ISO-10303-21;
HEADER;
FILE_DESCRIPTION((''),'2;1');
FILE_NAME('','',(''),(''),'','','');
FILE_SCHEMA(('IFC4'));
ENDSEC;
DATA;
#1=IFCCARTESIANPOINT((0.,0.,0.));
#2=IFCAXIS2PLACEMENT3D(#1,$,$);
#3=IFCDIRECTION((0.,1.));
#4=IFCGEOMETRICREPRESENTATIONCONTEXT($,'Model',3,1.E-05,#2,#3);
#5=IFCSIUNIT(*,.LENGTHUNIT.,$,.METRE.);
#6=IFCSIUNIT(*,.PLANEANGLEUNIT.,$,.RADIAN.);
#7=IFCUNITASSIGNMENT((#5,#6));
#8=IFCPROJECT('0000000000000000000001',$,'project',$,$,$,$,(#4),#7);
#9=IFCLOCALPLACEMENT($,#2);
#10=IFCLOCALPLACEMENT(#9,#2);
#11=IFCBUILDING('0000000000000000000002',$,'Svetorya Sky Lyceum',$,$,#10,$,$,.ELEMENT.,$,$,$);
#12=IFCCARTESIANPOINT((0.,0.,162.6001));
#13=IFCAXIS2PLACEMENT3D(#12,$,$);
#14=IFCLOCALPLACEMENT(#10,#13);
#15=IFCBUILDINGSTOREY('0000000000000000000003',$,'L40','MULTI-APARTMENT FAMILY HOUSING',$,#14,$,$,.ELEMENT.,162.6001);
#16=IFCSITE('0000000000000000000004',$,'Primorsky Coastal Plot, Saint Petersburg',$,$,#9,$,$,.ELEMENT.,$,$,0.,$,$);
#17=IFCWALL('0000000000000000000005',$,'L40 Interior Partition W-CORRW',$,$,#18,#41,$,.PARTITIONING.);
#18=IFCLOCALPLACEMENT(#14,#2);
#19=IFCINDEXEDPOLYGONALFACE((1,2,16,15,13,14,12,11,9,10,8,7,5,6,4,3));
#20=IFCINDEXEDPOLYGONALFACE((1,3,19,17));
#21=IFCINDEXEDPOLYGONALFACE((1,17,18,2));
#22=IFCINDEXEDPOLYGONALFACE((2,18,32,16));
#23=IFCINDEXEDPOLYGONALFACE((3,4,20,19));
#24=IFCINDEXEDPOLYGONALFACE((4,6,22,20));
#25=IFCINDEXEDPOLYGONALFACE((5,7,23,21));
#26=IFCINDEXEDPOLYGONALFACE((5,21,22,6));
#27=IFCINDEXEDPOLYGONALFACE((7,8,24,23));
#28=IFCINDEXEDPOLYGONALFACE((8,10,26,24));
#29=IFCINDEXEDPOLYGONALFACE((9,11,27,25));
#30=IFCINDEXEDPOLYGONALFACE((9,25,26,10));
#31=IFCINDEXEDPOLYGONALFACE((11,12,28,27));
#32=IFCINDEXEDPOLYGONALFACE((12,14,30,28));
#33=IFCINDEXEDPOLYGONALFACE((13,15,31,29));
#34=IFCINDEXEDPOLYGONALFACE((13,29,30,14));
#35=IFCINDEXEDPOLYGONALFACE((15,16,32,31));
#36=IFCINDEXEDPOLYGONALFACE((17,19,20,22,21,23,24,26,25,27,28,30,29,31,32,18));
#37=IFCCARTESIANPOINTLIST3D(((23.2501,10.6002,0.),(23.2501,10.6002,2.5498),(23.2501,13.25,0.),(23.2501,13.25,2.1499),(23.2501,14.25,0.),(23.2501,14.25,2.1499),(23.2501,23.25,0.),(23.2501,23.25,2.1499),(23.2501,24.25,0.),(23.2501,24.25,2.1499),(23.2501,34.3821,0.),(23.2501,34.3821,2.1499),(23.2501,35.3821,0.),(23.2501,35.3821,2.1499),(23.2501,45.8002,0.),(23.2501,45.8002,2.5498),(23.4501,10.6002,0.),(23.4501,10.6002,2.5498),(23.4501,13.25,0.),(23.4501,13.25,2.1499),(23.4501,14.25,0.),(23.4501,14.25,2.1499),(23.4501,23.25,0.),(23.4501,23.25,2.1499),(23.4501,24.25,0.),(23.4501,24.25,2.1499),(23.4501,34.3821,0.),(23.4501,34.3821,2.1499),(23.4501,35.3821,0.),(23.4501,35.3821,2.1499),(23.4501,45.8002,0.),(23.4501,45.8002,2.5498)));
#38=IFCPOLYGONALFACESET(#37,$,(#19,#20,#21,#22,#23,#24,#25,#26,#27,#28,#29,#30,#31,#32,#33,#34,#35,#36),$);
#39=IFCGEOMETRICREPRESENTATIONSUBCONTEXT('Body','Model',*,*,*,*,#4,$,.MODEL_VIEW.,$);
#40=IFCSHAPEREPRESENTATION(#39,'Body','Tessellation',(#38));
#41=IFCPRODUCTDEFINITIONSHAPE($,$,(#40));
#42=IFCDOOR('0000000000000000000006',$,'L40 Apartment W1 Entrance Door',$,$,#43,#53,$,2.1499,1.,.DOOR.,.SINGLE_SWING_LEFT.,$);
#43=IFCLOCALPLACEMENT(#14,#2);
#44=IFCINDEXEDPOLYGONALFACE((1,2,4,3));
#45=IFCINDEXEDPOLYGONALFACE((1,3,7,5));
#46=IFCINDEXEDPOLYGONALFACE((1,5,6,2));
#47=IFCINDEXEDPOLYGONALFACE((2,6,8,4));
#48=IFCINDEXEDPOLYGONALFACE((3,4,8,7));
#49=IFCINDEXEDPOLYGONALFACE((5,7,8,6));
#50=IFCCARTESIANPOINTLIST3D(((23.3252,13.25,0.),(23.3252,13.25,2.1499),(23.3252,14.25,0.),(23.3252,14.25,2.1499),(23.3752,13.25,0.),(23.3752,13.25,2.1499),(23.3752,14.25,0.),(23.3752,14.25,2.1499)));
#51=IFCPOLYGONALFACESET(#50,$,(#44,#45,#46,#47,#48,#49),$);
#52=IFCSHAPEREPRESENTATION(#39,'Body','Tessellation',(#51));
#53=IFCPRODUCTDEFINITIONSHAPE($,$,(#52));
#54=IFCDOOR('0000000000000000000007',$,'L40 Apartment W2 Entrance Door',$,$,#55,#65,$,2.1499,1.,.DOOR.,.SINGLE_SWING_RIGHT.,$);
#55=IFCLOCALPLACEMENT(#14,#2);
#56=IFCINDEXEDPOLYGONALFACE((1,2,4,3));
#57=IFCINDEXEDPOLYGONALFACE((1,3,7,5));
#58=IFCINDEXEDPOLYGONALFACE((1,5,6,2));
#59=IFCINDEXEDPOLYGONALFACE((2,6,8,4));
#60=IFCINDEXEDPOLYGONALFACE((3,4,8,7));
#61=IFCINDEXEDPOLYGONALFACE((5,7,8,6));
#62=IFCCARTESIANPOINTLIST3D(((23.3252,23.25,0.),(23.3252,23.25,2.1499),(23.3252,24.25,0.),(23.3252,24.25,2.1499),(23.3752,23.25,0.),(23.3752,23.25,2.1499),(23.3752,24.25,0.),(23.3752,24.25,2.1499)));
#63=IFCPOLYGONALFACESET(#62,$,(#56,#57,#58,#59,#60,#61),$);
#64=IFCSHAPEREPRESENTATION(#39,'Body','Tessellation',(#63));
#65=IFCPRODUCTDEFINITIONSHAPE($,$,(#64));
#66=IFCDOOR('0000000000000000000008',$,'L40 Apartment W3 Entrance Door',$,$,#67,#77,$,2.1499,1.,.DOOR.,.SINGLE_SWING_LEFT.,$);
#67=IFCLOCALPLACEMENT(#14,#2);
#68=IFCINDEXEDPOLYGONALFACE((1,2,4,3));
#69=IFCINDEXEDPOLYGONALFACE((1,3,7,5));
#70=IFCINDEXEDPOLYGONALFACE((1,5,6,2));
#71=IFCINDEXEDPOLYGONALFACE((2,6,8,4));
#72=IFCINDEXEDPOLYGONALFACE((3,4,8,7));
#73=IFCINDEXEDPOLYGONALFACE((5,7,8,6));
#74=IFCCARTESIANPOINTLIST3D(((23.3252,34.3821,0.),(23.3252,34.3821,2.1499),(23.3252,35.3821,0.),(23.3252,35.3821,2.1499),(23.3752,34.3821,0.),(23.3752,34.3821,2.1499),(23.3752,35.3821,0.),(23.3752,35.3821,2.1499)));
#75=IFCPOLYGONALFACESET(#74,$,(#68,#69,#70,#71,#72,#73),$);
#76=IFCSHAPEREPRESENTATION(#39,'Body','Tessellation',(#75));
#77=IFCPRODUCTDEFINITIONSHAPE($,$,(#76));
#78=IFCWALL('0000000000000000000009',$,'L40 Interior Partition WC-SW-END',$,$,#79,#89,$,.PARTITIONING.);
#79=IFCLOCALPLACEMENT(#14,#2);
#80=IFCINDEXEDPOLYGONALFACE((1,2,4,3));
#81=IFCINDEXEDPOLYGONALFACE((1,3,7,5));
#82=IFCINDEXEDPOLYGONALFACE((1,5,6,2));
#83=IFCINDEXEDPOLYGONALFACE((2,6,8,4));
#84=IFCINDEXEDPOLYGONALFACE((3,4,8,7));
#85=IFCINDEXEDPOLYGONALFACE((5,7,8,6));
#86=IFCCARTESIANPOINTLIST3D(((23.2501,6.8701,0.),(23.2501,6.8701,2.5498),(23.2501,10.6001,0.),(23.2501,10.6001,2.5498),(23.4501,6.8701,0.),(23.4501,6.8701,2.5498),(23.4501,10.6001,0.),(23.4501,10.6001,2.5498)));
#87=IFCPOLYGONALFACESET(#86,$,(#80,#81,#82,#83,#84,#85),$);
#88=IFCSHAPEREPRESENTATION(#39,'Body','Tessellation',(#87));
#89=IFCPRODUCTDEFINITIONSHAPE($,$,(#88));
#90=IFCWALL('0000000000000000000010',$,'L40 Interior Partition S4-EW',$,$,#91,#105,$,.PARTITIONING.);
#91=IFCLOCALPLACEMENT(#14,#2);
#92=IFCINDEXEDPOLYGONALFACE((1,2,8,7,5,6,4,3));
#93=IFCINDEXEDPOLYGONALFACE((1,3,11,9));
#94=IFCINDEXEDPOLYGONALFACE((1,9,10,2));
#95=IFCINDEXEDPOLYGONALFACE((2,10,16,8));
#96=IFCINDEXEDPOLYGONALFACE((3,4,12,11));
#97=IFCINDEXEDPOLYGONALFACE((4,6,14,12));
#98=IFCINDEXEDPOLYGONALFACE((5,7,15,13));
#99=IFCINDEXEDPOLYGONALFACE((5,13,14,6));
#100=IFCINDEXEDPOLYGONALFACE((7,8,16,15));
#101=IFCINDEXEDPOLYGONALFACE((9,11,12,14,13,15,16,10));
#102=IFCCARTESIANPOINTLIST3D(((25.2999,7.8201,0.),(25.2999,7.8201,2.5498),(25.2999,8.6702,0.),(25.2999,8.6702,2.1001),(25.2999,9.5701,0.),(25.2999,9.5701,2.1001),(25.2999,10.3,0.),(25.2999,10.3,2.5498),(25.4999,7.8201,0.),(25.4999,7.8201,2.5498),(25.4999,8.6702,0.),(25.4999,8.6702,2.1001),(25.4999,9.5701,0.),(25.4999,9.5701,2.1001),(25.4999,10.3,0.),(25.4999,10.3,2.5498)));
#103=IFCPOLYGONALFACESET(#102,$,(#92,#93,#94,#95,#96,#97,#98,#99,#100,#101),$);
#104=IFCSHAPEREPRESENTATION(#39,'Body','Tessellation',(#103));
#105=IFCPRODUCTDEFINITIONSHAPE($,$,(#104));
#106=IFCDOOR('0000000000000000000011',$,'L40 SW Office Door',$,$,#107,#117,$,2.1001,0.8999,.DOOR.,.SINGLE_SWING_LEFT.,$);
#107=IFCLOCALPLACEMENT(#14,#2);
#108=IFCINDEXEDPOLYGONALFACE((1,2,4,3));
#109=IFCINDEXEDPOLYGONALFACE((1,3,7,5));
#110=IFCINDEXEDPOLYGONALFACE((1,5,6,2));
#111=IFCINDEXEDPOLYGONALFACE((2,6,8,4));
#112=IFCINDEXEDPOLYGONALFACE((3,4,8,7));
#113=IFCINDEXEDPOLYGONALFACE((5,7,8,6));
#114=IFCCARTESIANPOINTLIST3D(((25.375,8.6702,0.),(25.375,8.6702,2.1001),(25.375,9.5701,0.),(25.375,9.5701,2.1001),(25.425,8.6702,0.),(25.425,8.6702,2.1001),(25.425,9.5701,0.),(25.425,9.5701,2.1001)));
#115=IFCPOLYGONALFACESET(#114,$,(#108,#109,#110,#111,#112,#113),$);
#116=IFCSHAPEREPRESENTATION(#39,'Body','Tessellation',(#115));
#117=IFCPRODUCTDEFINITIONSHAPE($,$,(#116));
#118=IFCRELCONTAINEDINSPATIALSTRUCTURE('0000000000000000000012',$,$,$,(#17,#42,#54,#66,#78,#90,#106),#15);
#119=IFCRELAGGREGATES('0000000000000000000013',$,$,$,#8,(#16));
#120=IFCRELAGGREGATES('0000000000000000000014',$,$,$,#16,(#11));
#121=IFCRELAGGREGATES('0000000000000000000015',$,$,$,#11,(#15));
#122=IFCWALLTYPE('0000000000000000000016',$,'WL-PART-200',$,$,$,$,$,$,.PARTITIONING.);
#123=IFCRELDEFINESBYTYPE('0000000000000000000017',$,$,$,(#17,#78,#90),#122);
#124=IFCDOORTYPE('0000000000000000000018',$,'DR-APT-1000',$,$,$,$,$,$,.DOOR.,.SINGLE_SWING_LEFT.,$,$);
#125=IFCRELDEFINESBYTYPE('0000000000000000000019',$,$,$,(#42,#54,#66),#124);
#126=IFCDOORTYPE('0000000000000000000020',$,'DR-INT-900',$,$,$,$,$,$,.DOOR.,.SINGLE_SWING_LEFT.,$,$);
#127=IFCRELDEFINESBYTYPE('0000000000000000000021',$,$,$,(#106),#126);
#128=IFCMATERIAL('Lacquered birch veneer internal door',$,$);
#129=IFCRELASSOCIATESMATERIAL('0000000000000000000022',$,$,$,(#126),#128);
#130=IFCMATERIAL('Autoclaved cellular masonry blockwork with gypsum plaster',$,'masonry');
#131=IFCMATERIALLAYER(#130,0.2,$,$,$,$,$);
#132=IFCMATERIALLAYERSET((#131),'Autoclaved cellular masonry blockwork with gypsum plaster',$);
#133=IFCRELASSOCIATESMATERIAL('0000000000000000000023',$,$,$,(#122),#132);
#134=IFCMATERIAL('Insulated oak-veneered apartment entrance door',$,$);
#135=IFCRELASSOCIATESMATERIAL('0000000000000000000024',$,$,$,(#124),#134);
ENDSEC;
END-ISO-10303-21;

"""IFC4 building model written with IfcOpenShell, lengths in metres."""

from ifc_helpers import new_model, si_unit, direction, frame, frame_2d, origin, place, context, subcontext, project, spatial, rectangle, extrude, material, layer, layer_set, type_object, element, fill, save


model = new_model("IFC4")

# Units and contexts
model_context = context("Model", 3, precision=1e-05, world=origin(), true_north=direction((0.0, 1.0)))
body_context = subcontext(model_context, "Body", "Model", "MODEL_VIEW")
ifc_project = project(units=[si_unit("LENGTHUNIT", "METRE"), si_unit("PLANEANGLEUNIT", "RADIAN")], contexts=[model_context])

# Site, building, storey
site_placement = place(None, origin())
site = spatial("IfcSite", under=ifc_project, at=site_placement, Name="Primorsky Coastal Plot, Saint Petersburg", CompositionType="ELEMENT", RefElevation=0.0)
building_placement = place(site_placement, origin())
building = spatial("IfcBuilding", under=site, at=building_placement, Name="Svetorya Sky Lyceum", CompositionType="ELEMENT")
storey_placement = place(building_placement, frame((0.0, 0.0, 162.6001)))
storey = spatial("IfcBuildingStorey", under=building, at=storey_placement, Name="L40", Description="MULTI-APARTMENT FAMILY HOUSING", CompositionType="ELEMENT", Elevation=162.6001)

# Shared definitions
ifc_material_1 = material(Name="Lacquered birch veneer internal door")
door_type_1 = type_object("IfcDoorType", Name="DR-INT-900", OperationType="SINGLE_SWING_LEFT", PredefinedType="DOOR", material=ifc_material_1)

# Shared definitions
ifc_material_2 = material(Name="Autoclaved cellular masonry blockwork with gypsum plaster", Category="masonry")
ifc_layer_1 = layer(ifc_material_2, 0.2)
ifc_layer_set_1 = layer_set([ifc_layer_1], Name="Autoclaved cellular masonry blockwork with gypsum plaster")
wall_type_1 = type_object("IfcWallType", Name="WL-PART-200", PredefinedType="PARTITIONING", material=ifc_layer_set_1)

# Wall, openings, doors
wall_1_placement = place(storey_placement, frame((23.3501, 10.6001, 0.0), z_axis=(0.0, 0.0, 1.0), x_axis=(0.0, 1.0, 0.0)))
wall_1 = element("IfcWall", 1, at=wall_1_placement, inside=storey, type_object=wall_type_1, Name="L40 Interior Partition W-CORRW", PredefinedType="PARTITIONING", context=body_context, shape_type="SweptSolid", body=[
    extrude(rectangle(XDim=35.2, YDim=0.2, at=frame_2d((17.6001, 0.0))), origin(), (0.0, 0.0, 1.0), 2.5498),
])
opening_1_placement = place(wall_1_placement, frame((2.6499, 0.0, 0.0)))
opening_1 = element("IfcOpeningElement", 2, at=opening_1_placement, cuts=wall_1, PredefinedType="OPENING", context=body_context, shape_type="SweptSolid", body=[
    extrude(rectangle(XDim=1.0, YDim=2.1499, at=frame_2d((0.5, 1.075))), frame((0.0, 0.1099, 0.0), z_axis=(0.0, -1.0, 0.0), x_axis=(1.0, 0.0, 0.0)), (0.0, 0.0, 1.0), 0.22),
])
opening_2_placement = place(wall_1_placement, frame((12.6499, 0.0, 0.0)))
opening_2 = element("IfcOpeningElement", 3, at=opening_2_placement, cuts=wall_1, PredefinedType="OPENING", context=body_context, shape_type="SweptSolid", body=[
    extrude(rectangle(XDim=1.0, YDim=2.1499, at=frame_2d((0.5, 1.075))), frame((0.0, 0.1099, 0.0), z_axis=(0.0, -1.0, 0.0), x_axis=(1.0, 0.0, 0.0)), (0.0, 0.0, 1.0), 0.22),
])
opening_3_placement = place(wall_1_placement, frame((23.782, 0.0, 0.0)))
opening_3 = element("IfcOpeningElement", 4, at=opening_3_placement, cuts=wall_1, PredefinedType="OPENING", context=body_context, shape_type="SweptSolid", body=[
    extrude(rectangle(XDim=1.0, YDim=2.1499, at=frame_2d((0.5, 1.075))), frame((0.0, 0.1099, 0.0), z_axis=(0.0, -1.0, 0.0), x_axis=(1.0, 0.0, 0.0)), (0.0, 0.0, 1.0), 0.22),
])
ifc_material_3 = material(Name="Insulated oak-veneered apartment entrance door")
door_type_2 = type_object("IfcDoorType", Name="DR-APT-1000", OperationType="SINGLE_SWING_LEFT", PredefinedType="DOOR", material=ifc_material_3)
door_1_placement = place(opening_1_placement, origin())
door_1 = element("IfcDoor", 5, at=door_1_placement, inside=storey, type_object=door_type_2, Name="L40 Apartment W1 Entrance Door", OperationType="SINGLE_SWING_LEFT", OverallHeight=2.1499, OverallWidth=1.0, PredefinedType="DOOR", context=body_context, shape_type="SweptSolid", body=[
    extrude(rectangle(XDim=1.0, YDim=2.1499, at=frame_2d((0.5, 1.075))), frame((0.0, 0.0249, 0.0), z_axis=(0.0, -1.0, 0.0), x_axis=(1.0, 0.0, 0.0)), (0.0, 0.0, 1.0), 0.05),
])
fill(opening_1, door_1)
door_2_placement = place(opening_2_placement, origin())
door_2 = element("IfcDoor", 6, at=door_2_placement, inside=storey, type_object=door_type_2, Name="L40 Apartment W2 Entrance Door", OperationType="SINGLE_SWING_RIGHT", OverallHeight=2.1499, OverallWidth=1.0, PredefinedType="DOOR", context=body_context, shape_type="SweptSolid", body=[
    extrude(rectangle(XDim=1.0, YDim=2.1499, at=frame_2d((0.5, 1.075))), frame((0.0, 0.0249, 0.0), z_axis=(0.0, -1.0, 0.0), x_axis=(1.0, 0.0, 0.0)), (0.0, 0.0, 1.0), 0.05),
])
fill(opening_2, door_2)
door_3_placement = place(opening_3_placement, origin())
door_3 = element("IfcDoor", 7, at=door_3_placement, inside=storey, type_object=door_type_2, Name="L40 Apartment W3 Entrance Door", OperationType="SINGLE_SWING_LEFT", OverallHeight=2.1499, OverallWidth=1.0, PredefinedType="DOOR", context=body_context, shape_type="SweptSolid", body=[
    extrude(rectangle(XDim=1.0, YDim=2.1499, at=frame_2d((0.5, 1.075))), frame((0.0, 0.0249, 0.0), z_axis=(0.0, -1.0, 0.0), x_axis=(1.0, 0.0, 0.0)), (0.0, 0.0, 1.0), 0.05),
])
fill(opening_3, door_3)

# Wall
wall_2_placement = place(storey_placement, frame((23.3501, 6.8701, 0.0), z_axis=(0.0, 0.0, 1.0), x_axis=(0.0, 1.0, 0.0)))
element("IfcWall", 8, at=wall_2_placement, inside=storey, type_object=wall_type_1, Name="L40 Interior Partition WC-SW-END", PredefinedType="PARTITIONING", context=body_context, shape_type="SweptSolid", body=[
    extrude(rectangle(XDim=3.73, YDim=0.2, at=frame_2d((1.865, 0.0))), origin(), (0.0, 0.0, 1.0), 2.5498),
])

# Wall, opening, door
wall_3_placement = place(storey_placement, frame((25.3999, 7.8201, 0.0), z_axis=(0.0, 0.0, 1.0), x_axis=(0.0, 1.0, 0.0)))
wall_3 = element("IfcWall", 9, at=wall_3_placement, inside=storey, type_object=wall_type_1, Name="L40 Interior Partition S4-EW", PredefinedType="PARTITIONING", context=body_context, shape_type="SweptSolid", body=[
    extrude(rectangle(XDim=2.48, YDim=0.2, at=frame_2d((1.24, 0.0))), origin(), (0.0, 0.0, 1.0), 2.5498),
])
opening_4_placement = place(wall_3_placement, frame((0.8501, 0.0, 0.0)))
opening_4 = element("IfcOpeningElement", 10, at=opening_4_placement, cuts=wall_3, PredefinedType="OPENING", context=body_context, shape_type="SweptSolid", body=[
    extrude(rectangle(XDim=0.8999, YDim=2.1001, at=frame_2d((0.45, 1.05))), frame((0.0, 0.1099, 0.0), z_axis=(0.0, -1.0, 0.0), x_axis=(1.0, 0.0, 0.0)), (0.0, 0.0, 1.0), 0.22),
])
door_4_placement = place(opening_4_placement, origin())
door_4 = element("IfcDoor", 11, at=door_4_placement, inside=storey, type_object=door_type_1, Name="L40 SW Office Door", OperationType="SINGLE_SWING_LEFT", OverallHeight=2.1001, OverallWidth=0.8999, PredefinedType="DOOR", context=body_context, shape_type="SweptSolid", body=[
    extrude(rectangle(XDim=0.8999, YDim=2.1001, at=frame_2d((0.45, 1.05))), frame((0.0, 0.0249, 0.0), z_axis=(0.0, -1.0, 0.0), x_axis=(1.0, 0.0, 0.0)), (0.0, 0.0, 1.0), 0.05),
])
fill(opening_4, door_4)

save(model, "model.ifc")
